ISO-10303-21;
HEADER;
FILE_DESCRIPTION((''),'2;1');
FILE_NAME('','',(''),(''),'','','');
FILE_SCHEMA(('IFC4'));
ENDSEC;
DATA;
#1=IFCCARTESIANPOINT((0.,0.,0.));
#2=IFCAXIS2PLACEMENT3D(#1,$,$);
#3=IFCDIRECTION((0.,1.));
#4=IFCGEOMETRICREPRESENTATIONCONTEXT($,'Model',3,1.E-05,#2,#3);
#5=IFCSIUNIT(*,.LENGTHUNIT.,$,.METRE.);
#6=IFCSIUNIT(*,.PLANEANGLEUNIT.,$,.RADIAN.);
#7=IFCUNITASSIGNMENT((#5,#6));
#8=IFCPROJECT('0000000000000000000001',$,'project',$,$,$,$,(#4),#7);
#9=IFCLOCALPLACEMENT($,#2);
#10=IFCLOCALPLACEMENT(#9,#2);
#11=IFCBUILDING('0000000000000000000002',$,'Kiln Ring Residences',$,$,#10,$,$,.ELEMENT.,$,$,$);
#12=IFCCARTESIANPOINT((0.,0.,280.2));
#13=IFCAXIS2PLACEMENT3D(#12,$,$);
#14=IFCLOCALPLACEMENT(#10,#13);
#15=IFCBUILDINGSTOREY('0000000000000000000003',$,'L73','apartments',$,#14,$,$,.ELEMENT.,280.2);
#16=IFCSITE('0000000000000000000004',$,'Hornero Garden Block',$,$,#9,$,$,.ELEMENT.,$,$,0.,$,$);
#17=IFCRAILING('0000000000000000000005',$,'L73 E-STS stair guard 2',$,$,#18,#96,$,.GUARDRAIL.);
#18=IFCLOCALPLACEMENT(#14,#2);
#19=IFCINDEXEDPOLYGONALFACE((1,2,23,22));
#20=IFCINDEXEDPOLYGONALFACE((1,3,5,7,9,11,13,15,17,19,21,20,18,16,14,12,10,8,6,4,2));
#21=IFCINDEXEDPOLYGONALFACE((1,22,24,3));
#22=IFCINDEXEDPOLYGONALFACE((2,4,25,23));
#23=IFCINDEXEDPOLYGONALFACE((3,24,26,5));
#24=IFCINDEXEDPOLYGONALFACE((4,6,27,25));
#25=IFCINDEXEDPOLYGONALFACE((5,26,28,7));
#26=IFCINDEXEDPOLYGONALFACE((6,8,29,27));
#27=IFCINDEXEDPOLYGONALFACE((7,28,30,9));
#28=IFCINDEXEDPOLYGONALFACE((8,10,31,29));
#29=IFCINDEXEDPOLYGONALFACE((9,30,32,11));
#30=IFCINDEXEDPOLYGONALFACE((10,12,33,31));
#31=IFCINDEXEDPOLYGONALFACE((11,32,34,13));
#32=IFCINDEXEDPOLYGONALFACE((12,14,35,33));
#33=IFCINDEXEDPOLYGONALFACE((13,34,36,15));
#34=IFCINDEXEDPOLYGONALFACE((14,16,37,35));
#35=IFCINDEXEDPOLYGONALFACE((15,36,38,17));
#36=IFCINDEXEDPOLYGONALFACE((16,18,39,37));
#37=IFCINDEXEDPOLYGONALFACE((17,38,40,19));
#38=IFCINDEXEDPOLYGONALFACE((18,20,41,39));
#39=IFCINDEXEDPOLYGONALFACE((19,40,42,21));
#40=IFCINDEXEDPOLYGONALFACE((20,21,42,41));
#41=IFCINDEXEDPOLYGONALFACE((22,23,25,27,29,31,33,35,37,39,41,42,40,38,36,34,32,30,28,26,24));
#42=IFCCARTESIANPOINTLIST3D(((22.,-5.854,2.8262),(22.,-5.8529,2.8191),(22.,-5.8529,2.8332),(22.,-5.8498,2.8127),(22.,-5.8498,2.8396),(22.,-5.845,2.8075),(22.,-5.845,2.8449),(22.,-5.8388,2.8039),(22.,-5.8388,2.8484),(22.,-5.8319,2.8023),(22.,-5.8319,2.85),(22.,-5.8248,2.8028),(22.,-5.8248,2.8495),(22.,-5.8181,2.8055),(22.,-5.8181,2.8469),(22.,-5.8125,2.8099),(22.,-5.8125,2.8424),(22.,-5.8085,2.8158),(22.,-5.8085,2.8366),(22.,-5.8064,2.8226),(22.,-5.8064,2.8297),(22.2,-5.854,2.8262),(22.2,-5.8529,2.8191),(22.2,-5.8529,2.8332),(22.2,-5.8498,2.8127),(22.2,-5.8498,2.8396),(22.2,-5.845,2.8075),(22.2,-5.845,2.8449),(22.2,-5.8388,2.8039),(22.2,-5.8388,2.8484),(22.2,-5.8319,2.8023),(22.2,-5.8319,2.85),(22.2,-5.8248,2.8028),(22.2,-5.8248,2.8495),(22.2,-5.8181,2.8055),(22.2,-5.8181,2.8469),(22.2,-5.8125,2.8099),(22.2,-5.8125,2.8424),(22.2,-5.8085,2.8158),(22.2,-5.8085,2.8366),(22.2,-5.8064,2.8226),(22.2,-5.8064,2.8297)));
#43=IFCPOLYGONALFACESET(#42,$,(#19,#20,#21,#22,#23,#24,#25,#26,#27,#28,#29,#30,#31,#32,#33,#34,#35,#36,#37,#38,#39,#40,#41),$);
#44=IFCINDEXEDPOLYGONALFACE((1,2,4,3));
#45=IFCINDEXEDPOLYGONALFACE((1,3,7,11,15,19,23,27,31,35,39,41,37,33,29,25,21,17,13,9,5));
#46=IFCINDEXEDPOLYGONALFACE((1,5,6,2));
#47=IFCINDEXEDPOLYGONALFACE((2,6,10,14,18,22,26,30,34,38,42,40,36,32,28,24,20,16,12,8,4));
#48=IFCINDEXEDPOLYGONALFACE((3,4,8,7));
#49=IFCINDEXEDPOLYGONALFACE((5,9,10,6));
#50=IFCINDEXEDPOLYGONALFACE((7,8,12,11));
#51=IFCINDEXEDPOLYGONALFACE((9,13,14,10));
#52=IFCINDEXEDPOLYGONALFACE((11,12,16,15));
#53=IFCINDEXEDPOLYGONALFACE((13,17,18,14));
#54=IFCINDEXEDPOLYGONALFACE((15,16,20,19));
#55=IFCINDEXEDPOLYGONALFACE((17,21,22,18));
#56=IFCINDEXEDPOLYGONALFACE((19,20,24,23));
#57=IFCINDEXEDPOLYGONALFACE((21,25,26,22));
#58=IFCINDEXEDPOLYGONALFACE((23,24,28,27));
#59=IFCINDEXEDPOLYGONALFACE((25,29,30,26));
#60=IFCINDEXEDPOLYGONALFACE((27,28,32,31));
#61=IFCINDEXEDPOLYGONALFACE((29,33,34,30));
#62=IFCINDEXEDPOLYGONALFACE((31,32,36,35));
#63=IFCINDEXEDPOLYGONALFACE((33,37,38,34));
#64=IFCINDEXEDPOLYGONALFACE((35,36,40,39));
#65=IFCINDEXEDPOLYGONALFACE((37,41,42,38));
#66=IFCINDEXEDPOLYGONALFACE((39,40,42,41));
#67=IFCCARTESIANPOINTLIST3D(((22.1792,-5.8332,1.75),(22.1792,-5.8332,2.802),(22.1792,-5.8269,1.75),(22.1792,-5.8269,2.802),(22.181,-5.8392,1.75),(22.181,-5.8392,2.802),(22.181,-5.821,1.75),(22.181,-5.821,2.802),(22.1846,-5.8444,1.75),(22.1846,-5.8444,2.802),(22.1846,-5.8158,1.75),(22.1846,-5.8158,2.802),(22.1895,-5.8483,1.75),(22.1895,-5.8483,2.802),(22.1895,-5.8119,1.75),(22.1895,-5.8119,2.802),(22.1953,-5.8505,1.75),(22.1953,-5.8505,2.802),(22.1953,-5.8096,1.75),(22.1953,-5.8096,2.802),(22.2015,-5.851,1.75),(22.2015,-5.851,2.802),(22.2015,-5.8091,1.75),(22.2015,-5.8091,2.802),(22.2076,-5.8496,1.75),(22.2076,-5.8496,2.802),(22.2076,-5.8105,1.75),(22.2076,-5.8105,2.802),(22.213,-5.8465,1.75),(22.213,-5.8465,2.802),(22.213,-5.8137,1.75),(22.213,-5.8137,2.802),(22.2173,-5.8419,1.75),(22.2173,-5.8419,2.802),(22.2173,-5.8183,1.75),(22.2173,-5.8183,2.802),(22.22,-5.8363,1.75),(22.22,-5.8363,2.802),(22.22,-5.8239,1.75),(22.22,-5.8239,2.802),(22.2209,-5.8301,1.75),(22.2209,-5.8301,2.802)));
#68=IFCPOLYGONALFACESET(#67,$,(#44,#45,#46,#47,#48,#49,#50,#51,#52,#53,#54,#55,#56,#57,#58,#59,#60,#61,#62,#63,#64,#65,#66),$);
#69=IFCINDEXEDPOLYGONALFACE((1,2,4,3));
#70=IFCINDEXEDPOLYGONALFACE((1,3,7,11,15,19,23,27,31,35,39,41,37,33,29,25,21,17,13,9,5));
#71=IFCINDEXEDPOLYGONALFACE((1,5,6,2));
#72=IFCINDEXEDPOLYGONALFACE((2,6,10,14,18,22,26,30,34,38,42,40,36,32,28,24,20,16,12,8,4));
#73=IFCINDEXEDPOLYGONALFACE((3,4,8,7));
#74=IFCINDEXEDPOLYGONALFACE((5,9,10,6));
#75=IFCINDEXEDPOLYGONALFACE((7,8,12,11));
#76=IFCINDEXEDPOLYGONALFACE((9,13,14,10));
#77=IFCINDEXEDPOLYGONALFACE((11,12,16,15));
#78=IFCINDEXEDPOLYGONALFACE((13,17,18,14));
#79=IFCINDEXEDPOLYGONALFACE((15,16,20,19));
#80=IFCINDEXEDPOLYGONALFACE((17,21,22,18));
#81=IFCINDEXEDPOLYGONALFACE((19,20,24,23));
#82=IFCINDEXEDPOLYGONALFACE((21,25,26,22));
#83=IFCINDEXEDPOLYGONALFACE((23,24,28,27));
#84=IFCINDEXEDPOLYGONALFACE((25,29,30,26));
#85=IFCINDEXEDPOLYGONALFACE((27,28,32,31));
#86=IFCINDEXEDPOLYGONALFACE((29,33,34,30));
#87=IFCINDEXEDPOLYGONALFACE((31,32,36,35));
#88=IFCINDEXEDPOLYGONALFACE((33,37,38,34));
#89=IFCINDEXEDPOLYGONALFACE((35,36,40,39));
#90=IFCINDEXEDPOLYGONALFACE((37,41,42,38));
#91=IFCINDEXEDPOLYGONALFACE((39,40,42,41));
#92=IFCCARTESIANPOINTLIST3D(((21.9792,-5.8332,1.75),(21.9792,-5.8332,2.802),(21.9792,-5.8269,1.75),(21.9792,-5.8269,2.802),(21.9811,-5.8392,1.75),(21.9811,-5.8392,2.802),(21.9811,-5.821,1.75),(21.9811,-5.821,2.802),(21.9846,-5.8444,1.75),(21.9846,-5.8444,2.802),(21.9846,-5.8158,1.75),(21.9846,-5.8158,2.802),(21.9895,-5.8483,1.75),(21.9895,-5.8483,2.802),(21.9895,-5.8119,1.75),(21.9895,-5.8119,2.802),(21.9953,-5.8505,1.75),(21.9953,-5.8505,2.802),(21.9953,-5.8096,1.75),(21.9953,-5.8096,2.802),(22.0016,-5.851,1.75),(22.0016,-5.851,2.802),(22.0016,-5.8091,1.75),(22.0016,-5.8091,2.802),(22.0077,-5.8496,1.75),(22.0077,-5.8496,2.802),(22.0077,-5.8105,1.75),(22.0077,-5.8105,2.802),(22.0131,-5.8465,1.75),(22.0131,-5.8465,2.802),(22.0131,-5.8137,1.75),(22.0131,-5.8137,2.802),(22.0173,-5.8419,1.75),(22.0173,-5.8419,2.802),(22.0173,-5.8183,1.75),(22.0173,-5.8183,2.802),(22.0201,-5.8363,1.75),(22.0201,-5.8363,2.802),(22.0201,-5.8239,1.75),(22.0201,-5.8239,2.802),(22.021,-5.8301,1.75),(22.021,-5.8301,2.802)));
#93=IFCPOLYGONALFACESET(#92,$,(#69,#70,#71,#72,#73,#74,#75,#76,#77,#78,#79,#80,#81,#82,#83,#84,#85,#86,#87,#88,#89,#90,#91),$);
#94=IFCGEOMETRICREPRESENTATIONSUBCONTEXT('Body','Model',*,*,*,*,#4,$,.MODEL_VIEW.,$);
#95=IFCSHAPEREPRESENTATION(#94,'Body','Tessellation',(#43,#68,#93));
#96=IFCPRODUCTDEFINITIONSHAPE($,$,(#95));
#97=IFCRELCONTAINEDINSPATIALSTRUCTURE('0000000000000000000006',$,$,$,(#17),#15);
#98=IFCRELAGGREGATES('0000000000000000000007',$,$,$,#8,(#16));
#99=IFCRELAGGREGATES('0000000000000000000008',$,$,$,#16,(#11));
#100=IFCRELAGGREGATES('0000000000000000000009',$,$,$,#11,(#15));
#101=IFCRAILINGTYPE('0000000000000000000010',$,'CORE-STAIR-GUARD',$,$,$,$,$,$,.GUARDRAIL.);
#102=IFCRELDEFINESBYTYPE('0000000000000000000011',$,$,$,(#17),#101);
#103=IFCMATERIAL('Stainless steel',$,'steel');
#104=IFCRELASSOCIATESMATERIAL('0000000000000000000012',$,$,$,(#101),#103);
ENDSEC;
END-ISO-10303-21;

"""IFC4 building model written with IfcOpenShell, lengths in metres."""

from ifc_helpers import new_model, si_unit, direction, frame, origin, origin_2d, place, context, subcontext, project, spatial, circle, extrude, material, type_object, element, save


model = new_model("IFC4")

# Units and contexts
model_context = context("Model", 3, precision=1e-05, world=origin(), true_north=direction((0.0, 1.0)))
body_context = subcontext(model_context, "Body", "Model", "MODEL_VIEW")
ifc_project = project(units=[si_unit("LENGTHUNIT", "METRE"), si_unit("PLANEANGLEUNIT", "RADIAN")], contexts=[model_context])

# Site, building, storey
site_placement = place(None, origin())
site = spatial("IfcSite", under=ifc_project, at=site_placement, Name="Hornero Garden Block", CompositionType="ELEMENT", RefElevation=0.0)
building_placement = place(site_placement, origin())
building = spatial("IfcBuilding", under=site, at=building_placement, Name="Kiln Ring Residences", CompositionType="ELEMENT")
storey_placement = place(building_placement, frame((0.0, 0.0, 280.2)))
storey = spatial("IfcBuildingStorey", under=building, at=storey_placement, Name="L73", Description="apartments", CompositionType="ELEMENT", Elevation=280.2)

# Railing
ifc_material_1 = material(Name="Stainless steel", Category="steel")
railing_type_1 = type_object("IfcRailingType", Name="CORE-STAIR-GUARD", PredefinedType="GUARDRAIL", material=ifc_material_1)
railing_1_placement = place(storey_placement, frame((22.2, -5.8301, 1.75)))
element("IfcRailing", 1, at=railing_1_placement, inside=storey, type_object=railing_type_1, Name="L73 E-STS stair guard 2", PredefinedType="GUARDRAIL", context=body_context, shape_type="SweptSolid", body=[
    extrude(circle(Radius=0.0239, at=origin_2d()), frame((0.0, 0.0, 1.0762), z_axis=(-1.0, 0.0, 0.0), x_axis=(0.0, -1.0, 0.0)), (0.0, 0.0, 1.0), 0.2),
    extrude(circle(Radius=0.021, at=origin_2d()), origin(), (0.0, 0.0, 1.0), 1.052),
    extrude(circle(Radius=0.021, at=origin_2d()), frame((-0.2, 0.0, 0.0)), (0.0, 0.0, 1.0), 1.052),
])

save(model, "model.ifc")
